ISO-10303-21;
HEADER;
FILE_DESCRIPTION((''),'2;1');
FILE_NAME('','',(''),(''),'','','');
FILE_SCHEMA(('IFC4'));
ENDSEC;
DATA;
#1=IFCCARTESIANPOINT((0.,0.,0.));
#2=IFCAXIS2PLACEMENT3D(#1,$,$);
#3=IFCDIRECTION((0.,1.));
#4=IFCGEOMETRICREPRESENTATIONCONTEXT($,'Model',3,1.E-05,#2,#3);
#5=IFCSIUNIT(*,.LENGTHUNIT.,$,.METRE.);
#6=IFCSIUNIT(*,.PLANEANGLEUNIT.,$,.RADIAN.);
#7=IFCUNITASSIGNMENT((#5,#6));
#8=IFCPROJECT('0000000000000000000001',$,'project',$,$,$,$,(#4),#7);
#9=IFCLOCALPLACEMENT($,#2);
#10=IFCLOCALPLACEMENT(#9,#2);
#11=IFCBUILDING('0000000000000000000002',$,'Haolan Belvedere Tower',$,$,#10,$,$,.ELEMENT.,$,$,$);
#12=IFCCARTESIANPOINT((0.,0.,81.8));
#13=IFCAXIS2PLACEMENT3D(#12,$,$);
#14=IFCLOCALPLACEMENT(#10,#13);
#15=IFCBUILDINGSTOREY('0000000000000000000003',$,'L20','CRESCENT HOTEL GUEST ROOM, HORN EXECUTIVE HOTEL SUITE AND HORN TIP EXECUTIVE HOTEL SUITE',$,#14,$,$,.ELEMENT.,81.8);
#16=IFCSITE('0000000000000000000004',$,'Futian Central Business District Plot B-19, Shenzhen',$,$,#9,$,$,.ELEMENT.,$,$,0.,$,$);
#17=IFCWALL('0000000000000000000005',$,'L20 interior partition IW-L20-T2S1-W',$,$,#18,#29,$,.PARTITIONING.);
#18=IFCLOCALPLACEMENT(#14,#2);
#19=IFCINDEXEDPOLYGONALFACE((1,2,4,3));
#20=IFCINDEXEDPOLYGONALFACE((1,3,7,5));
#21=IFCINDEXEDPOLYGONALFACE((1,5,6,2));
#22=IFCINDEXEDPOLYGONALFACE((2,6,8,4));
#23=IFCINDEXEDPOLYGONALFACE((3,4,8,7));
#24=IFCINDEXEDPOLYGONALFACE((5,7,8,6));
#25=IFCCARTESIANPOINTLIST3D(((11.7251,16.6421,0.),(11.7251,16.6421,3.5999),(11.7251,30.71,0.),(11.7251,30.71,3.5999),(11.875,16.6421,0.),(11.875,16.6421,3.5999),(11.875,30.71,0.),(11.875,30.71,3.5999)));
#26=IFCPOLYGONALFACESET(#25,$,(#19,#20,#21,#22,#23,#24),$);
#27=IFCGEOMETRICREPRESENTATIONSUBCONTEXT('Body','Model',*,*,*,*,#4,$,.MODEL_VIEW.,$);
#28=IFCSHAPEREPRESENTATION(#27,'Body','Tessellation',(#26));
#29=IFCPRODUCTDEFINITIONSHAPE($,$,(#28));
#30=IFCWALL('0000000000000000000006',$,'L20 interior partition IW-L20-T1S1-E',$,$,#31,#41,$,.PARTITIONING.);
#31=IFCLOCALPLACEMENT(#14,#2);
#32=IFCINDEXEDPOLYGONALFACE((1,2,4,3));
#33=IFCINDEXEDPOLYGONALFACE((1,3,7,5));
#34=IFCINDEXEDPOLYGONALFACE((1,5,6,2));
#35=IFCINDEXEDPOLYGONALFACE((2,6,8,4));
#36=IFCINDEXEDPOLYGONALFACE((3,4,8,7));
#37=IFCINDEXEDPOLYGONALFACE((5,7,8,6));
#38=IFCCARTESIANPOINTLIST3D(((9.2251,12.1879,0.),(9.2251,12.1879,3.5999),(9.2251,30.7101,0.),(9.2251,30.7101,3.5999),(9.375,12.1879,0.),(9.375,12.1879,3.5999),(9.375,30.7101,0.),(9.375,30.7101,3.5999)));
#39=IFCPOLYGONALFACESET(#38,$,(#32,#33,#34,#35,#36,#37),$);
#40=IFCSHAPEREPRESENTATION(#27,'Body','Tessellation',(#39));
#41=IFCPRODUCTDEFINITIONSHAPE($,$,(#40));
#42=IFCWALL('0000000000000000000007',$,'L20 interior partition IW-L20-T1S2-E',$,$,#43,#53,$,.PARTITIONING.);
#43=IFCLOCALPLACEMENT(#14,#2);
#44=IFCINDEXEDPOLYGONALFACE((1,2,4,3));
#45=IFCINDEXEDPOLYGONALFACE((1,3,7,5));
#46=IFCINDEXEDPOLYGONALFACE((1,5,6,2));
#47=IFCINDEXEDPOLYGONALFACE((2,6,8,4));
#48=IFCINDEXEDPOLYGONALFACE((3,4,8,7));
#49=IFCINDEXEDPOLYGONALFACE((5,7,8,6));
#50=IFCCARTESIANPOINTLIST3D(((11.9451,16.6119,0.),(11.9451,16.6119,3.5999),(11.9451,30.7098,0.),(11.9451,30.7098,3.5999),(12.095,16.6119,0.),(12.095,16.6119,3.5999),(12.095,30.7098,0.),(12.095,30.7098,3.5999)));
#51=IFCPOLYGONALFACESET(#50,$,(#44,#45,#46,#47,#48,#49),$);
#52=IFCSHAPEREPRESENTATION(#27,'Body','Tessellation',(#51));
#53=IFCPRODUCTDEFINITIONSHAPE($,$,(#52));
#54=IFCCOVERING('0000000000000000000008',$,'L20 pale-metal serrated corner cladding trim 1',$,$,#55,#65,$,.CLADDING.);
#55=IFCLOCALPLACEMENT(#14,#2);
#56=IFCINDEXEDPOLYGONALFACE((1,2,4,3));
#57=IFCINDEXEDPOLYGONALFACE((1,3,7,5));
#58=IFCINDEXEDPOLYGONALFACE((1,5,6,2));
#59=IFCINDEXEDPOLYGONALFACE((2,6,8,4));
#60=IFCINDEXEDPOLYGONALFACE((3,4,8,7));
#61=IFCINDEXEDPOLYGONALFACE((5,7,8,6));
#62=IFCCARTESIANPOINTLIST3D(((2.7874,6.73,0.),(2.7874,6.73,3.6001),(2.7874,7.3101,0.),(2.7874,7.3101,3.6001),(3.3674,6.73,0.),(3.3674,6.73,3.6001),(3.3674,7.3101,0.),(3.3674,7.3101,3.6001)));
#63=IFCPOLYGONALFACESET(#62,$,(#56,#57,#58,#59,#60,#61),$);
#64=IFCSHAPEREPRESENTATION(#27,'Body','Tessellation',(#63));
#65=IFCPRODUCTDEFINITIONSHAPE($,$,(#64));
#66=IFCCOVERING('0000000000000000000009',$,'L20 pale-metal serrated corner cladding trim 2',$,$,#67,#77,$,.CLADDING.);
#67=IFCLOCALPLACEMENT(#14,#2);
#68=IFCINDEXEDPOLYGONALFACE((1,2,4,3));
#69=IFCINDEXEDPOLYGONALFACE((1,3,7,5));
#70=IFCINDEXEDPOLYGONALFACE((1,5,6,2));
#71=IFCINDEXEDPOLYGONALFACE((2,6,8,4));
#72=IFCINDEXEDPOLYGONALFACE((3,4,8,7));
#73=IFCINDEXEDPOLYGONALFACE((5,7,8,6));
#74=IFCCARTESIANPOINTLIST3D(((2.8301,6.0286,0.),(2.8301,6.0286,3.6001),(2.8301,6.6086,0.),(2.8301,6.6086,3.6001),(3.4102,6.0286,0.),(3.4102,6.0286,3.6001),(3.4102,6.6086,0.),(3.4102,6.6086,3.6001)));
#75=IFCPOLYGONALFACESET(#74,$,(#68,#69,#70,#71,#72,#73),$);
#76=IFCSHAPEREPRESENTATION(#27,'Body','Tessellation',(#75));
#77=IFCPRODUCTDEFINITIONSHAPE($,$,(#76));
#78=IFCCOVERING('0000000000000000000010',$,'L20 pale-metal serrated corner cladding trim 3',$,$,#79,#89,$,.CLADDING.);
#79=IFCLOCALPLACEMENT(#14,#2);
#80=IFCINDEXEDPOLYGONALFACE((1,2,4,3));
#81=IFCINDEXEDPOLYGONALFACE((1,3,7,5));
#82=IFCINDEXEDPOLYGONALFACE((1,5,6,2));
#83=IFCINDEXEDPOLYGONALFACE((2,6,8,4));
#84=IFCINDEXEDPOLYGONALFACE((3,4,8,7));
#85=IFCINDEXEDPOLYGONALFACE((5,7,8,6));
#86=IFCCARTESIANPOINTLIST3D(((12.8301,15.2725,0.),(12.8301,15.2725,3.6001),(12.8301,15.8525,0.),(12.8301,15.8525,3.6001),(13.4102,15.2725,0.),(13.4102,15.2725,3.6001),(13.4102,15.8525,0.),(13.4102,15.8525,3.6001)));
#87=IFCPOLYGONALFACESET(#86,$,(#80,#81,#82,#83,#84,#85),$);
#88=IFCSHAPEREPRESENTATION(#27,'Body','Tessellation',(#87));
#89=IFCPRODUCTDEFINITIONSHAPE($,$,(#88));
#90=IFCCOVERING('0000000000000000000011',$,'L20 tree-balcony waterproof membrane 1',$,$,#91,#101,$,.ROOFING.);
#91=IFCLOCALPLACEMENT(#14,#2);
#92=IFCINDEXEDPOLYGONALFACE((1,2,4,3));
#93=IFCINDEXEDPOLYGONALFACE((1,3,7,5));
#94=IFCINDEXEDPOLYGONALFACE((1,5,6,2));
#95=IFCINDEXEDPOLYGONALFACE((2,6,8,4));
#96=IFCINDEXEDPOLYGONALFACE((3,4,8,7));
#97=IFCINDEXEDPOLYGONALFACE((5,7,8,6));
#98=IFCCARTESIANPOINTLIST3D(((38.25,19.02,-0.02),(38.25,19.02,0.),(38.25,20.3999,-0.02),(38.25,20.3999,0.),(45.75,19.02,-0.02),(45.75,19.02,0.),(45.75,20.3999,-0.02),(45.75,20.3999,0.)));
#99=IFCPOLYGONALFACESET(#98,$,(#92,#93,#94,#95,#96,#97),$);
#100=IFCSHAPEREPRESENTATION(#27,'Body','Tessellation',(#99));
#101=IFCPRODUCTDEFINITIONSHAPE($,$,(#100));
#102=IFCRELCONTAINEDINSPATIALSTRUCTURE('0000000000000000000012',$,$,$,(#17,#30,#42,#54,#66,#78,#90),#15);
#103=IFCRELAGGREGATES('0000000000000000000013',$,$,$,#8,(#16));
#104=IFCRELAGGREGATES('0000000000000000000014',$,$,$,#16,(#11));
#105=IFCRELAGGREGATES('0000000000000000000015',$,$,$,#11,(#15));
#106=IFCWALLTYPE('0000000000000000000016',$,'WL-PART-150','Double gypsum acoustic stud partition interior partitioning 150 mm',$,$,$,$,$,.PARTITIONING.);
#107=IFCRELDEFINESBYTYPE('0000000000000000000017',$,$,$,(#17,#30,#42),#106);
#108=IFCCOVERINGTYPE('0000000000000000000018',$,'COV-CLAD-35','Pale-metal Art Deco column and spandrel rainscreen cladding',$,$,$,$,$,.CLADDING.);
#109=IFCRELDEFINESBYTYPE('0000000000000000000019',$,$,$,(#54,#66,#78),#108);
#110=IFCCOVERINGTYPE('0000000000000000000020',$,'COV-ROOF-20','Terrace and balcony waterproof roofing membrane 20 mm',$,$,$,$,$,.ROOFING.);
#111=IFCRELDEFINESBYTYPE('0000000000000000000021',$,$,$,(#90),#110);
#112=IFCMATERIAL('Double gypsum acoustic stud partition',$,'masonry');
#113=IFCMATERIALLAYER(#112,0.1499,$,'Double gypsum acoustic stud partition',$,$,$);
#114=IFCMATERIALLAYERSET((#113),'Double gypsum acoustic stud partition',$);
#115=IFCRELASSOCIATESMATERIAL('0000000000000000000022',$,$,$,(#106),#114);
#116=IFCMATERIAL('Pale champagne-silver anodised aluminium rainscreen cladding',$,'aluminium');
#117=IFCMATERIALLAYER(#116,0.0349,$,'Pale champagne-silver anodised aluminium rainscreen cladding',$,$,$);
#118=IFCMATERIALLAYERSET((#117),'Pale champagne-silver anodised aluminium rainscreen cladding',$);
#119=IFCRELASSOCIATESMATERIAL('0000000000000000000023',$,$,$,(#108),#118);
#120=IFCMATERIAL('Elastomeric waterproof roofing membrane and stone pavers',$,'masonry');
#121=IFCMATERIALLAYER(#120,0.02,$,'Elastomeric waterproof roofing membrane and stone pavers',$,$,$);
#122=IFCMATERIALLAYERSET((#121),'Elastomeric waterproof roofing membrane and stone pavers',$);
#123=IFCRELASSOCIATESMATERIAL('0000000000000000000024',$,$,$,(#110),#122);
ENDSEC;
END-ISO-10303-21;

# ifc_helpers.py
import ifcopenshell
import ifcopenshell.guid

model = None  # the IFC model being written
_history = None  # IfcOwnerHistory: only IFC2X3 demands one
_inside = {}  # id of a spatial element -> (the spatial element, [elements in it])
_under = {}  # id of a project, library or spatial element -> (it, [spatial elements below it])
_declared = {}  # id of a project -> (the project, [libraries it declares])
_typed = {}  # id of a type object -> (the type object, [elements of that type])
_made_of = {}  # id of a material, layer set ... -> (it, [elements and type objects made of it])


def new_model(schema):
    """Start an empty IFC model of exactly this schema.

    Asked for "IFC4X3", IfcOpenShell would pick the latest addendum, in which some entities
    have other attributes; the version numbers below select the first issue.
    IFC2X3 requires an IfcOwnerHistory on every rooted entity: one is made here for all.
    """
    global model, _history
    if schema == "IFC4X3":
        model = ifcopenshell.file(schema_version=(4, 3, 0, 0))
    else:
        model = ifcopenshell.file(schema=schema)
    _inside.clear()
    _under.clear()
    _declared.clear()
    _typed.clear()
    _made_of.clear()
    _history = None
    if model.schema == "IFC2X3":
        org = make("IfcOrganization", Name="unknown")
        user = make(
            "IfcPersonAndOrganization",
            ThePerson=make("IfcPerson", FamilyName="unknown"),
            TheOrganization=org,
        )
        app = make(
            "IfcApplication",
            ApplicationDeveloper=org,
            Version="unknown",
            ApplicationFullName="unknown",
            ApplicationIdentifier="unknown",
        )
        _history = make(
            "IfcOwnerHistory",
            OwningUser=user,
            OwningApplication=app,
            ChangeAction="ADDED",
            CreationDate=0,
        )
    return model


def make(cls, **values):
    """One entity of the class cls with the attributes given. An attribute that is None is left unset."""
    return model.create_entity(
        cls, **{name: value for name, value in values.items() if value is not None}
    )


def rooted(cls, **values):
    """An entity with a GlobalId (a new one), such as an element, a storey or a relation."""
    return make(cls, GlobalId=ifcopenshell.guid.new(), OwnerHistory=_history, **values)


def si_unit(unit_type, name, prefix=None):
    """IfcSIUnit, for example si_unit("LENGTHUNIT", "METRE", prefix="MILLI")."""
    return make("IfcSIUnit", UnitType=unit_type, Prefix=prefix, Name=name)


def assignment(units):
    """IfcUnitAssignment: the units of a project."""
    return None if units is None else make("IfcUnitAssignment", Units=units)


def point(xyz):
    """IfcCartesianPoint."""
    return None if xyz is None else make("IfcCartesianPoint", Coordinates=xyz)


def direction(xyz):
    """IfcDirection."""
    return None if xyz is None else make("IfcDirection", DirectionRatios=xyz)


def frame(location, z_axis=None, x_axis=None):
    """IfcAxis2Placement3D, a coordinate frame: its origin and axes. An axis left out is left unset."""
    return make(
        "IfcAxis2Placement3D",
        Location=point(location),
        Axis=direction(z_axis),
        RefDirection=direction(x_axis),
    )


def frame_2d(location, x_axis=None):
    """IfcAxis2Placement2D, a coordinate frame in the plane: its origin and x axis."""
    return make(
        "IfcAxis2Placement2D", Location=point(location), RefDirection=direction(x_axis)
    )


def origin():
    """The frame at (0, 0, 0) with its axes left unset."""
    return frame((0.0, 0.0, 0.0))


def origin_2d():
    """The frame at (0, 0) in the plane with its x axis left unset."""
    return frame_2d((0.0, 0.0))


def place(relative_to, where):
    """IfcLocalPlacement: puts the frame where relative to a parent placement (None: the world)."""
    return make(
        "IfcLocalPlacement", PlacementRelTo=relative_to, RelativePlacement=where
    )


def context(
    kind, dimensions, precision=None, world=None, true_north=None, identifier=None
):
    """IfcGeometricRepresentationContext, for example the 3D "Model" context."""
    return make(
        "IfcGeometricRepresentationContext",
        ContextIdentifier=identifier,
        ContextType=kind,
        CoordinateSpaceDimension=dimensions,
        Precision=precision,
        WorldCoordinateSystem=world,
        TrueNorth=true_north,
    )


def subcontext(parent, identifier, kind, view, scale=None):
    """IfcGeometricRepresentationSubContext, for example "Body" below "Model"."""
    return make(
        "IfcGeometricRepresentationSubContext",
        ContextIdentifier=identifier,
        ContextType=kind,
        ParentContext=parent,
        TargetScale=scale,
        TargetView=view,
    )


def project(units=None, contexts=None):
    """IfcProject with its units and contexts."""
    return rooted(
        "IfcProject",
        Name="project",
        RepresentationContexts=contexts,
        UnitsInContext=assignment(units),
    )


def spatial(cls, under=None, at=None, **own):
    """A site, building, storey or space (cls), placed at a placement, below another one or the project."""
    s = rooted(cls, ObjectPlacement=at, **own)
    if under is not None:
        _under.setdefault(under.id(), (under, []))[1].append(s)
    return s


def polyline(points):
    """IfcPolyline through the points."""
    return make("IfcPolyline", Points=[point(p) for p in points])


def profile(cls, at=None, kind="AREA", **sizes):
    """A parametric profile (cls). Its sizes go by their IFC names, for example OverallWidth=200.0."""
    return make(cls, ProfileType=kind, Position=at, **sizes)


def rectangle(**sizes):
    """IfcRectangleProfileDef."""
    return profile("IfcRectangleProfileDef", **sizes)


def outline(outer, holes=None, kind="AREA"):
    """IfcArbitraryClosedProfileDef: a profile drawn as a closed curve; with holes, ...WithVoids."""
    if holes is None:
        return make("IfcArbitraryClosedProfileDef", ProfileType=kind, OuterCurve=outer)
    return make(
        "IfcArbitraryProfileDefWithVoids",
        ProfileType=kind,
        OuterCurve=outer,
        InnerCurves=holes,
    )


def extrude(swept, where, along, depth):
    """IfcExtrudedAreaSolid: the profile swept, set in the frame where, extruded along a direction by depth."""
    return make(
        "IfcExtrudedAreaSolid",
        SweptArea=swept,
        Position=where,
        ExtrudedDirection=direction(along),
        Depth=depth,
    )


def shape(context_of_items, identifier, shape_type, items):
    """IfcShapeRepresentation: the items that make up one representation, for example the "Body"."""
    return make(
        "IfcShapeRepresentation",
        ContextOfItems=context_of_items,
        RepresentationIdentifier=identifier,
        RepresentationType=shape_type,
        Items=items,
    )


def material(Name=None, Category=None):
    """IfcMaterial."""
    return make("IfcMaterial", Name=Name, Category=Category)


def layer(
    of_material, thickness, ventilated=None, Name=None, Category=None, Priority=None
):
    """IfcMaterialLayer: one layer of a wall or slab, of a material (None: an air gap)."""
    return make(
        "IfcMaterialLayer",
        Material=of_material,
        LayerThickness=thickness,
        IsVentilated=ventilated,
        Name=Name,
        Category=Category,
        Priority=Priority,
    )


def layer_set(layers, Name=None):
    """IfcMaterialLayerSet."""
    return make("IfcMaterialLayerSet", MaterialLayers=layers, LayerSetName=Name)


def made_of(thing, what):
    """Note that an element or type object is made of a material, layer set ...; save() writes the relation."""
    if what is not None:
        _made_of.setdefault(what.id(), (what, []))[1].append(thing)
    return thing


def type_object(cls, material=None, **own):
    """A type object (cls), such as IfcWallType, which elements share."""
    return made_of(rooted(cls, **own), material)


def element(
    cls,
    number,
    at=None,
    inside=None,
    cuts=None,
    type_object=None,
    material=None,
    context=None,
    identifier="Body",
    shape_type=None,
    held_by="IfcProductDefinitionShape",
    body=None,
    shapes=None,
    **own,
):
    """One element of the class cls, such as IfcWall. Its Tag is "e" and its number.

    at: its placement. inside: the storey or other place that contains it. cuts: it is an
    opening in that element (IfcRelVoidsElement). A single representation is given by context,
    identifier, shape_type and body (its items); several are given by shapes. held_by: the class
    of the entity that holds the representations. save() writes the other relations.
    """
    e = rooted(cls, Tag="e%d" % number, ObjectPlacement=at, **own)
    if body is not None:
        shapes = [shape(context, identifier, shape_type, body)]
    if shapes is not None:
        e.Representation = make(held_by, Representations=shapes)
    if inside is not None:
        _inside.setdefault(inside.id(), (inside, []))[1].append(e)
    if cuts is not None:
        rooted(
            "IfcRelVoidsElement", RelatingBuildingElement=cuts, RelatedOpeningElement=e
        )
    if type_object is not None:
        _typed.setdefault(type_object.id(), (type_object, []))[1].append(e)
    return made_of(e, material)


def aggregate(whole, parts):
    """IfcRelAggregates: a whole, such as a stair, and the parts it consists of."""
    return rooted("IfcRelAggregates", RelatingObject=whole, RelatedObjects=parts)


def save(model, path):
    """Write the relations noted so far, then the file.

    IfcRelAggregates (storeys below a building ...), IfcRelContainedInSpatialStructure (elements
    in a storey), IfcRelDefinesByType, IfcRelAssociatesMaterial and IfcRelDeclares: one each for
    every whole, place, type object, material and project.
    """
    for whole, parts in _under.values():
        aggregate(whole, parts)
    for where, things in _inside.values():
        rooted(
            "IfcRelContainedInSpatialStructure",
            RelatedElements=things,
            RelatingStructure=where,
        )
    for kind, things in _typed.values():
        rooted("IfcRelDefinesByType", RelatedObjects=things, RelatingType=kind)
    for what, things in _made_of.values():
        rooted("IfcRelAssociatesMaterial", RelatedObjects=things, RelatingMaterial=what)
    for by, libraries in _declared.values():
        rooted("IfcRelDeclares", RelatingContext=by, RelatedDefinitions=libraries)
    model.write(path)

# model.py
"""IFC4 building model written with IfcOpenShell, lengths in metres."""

from ifc_helpers import new_model, si_unit, direction, frame, frame_2d, origin, origin_2d, place, context, subcontext, project, spatial, polyline, rectangle, outline, extrude, material, layer, layer_set, type_object, element, save


model = new_model("IFC4")

# Units and contexts
model_context = context("Model", 3, precision=1e-05, world=origin(), true_north=direction((0.0, 1.0)))
body_context = subcontext(model_context, "Body", "Model", "MODEL_VIEW")
ifc_project = project(units=[si_unit("LENGTHUNIT", "METRE"), si_unit("PLANEANGLEUNIT", "RADIAN")], contexts=[model_context])

# Site, building, storey
site_placement = place(None, origin())
site = spatial("IfcSite", under=ifc_project, at=site_placement, Name="Futian Central Business District Plot B-19, Shenzhen", CompositionType="ELEMENT", RefElevation=0.0)
building_placement = place(site_placement, origin())
building = spatial("IfcBuilding", under=site, at=building_placement, Name="Haolan Belvedere Tower", CompositionType="ELEMENT")
storey_placement = place(building_placement, frame((0.0, 0.0, 81.8)))
storey = spatial("IfcBuildingStorey", under=building, at=storey_placement, Name="L20", Description="CRESCENT HOTEL GUEST ROOM, HORN EXECUTIVE HOTEL SUITE AND HORN TIP EXECUTIVE HOTEL SUITE", CompositionType="ELEMENT", Elevation=81.8)

# Walls
ifc_material_1 = material(Name="Double gypsum acoustic stud partition", Category="masonry")
ifc_layer_1 = layer(ifc_material_1, 0.1499, Name="Double gypsum acoustic stud partition")
ifc_layer_set_1 = layer_set([ifc_layer_1], Name="Double gypsum acoustic stud partition")
wall_type_1 = type_object("IfcWallType", Name="WL-PART-150", Description="Double gypsum acoustic stud partition interior partitioning 150 mm", PredefinedType="PARTITIONING", material=ifc_layer_set_1)
wall_1_placement = place(storey_placement, frame((11.8, 16.6421, 0.0), z_axis=(0.0, 0.0, 1.0), x_axis=(0.0, 1.0, 0.0)))
element("IfcWall", 1, at=wall_1_placement, inside=storey, type_object=wall_type_1, Name="L20 interior partition IW-L20-T2S1-W", PredefinedType="PARTITIONING", context=body_context, shape_type="SweptSolid", body=[
    extrude(rectangle(XDim=14.0679, YDim=0.1499, at=frame_2d((7.0339, 0.0))), origin(), (0.0, 0.0, 1.0), 3.5999),
])
wall_2_placement = place(storey_placement, frame((9.3, 12.1877, 0.0), z_axis=(0.0, 0.0, 1.0), x_axis=(0.0, 1.0, 0.0)))
element("IfcWall", 2, at=wall_2_placement, inside=storey, type_object=wall_type_1, Name="L20 interior partition IW-L20-T1S1-E", PredefinedType="PARTITIONING", context=body_context, shape_type="SweptSolid", body=[
    extrude(rectangle(XDim=18.5222, YDim=0.1499, at=frame_2d((9.2612, 0.0))), origin(), (0.0, 0.0, 1.0), 3.5999),
])
wall_3_placement = place(storey_placement, frame((12.02, 16.6121, 0.0), z_axis=(0.0, 0.0, 1.0), x_axis=(0.0, 1.0, 0.0)))
element("IfcWall", 3, at=wall_3_placement, inside=storey, type_object=wall_type_1, Name="L20 interior partition IW-L20-T1S2-E", PredefinedType="PARTITIONING", context=body_context, shape_type="SweptSolid", body=[
    extrude(rectangle(XDim=14.0979, YDim=0.1499, at=frame_2d((7.0488, 0.0))), origin(), (0.0, 0.0, 1.0), 3.5999),
])

# Coverings
ifc_material_2 = material(Name="Pale champagne-silver anodised aluminium rainscreen cladding", Category="aluminium")
ifc_layer_2 = layer(ifc_material_2, 0.0349, Name="Pale champagne-silver anodised aluminium rainscreen cladding")
ifc_layer_set_2 = layer_set([ifc_layer_2], Name="Pale champagne-silver anodised aluminium rainscreen cladding")
covering_type_1 = type_object("IfcCoveringType", Name="COV-CLAD-35", Description="Pale-metal Art Deco column and spandrel rainscreen cladding", PredefinedType="CLADDING", material=ifc_layer_set_2)
for number, where, z_axis, x_axis, name in (
    (4, (3.0774, 7.02, 0.0), (0.0, 0.0, 1.0), (1.0, 0.0, 0.0), "L20 pale-metal serrated corner cladding trim 1"),
    (5, (3.1201, 6.3186, 0.0), (0.0, 0.0, 1.0), (1.0, 0.0, 0.0), "L20 pale-metal serrated corner cladding trim 2"),
    (6, (13.1201, 15.5625, 0.0), (0.0, 0.0, 1.0), (1.0, 0.0, 0.0), "L20 pale-metal serrated corner cladding trim 3"),
):
    element("IfcCovering", number, at=place(storey_placement, frame(where, z_axis=z_axis, x_axis=x_axis)), inside=storey, type_object=covering_type_1, Name=name, PredefinedType="CLADDING", context=body_context, shape_type="SweptSolid", body=[
        extrude(rectangle(XDim=0.5801, YDim=0.5801, at=origin_2d()), origin(), (0.0, 0.0, 1.0), 3.6001),
    ])
ifc_material_3 = material(Name="Elastomeric waterproof roofing membrane and stone pavers", Category="masonry")
ifc_layer_3 = layer(ifc_material_3, 0.02, Name="Elastomeric waterproof roofing membrane and stone pavers")
ifc_layer_set_3 = layer_set([ifc_layer_3], Name="Elastomeric waterproof roofing membrane and stone pavers")
covering_type_2 = type_object("IfcCoveringType", Name="COV-ROOF-20", Description="Terrace and balcony waterproof roofing membrane 20 mm", PredefinedType="ROOFING", material=ifc_layer_set_3)
covering_placement = place(storey_placement, frame((0.0, 0.0, -0.02)))
element("IfcCovering", 7, at=covering_placement, inside=storey, type_object=covering_type_2, Name="L20 tree-balcony waterproof membrane 1", PredefinedType="ROOFING", context=body_context, shape_type="SweptSolid", body=[
    extrude(outline(polyline([(38.25, 19.02), (45.75, 19.02), (45.75, 20.3999), (38.25, 20.3999), (38.25, 19.02)])), origin(), (0.0, 0.0, 1.0), 0.02),
])

save(model, "model.ifc")
